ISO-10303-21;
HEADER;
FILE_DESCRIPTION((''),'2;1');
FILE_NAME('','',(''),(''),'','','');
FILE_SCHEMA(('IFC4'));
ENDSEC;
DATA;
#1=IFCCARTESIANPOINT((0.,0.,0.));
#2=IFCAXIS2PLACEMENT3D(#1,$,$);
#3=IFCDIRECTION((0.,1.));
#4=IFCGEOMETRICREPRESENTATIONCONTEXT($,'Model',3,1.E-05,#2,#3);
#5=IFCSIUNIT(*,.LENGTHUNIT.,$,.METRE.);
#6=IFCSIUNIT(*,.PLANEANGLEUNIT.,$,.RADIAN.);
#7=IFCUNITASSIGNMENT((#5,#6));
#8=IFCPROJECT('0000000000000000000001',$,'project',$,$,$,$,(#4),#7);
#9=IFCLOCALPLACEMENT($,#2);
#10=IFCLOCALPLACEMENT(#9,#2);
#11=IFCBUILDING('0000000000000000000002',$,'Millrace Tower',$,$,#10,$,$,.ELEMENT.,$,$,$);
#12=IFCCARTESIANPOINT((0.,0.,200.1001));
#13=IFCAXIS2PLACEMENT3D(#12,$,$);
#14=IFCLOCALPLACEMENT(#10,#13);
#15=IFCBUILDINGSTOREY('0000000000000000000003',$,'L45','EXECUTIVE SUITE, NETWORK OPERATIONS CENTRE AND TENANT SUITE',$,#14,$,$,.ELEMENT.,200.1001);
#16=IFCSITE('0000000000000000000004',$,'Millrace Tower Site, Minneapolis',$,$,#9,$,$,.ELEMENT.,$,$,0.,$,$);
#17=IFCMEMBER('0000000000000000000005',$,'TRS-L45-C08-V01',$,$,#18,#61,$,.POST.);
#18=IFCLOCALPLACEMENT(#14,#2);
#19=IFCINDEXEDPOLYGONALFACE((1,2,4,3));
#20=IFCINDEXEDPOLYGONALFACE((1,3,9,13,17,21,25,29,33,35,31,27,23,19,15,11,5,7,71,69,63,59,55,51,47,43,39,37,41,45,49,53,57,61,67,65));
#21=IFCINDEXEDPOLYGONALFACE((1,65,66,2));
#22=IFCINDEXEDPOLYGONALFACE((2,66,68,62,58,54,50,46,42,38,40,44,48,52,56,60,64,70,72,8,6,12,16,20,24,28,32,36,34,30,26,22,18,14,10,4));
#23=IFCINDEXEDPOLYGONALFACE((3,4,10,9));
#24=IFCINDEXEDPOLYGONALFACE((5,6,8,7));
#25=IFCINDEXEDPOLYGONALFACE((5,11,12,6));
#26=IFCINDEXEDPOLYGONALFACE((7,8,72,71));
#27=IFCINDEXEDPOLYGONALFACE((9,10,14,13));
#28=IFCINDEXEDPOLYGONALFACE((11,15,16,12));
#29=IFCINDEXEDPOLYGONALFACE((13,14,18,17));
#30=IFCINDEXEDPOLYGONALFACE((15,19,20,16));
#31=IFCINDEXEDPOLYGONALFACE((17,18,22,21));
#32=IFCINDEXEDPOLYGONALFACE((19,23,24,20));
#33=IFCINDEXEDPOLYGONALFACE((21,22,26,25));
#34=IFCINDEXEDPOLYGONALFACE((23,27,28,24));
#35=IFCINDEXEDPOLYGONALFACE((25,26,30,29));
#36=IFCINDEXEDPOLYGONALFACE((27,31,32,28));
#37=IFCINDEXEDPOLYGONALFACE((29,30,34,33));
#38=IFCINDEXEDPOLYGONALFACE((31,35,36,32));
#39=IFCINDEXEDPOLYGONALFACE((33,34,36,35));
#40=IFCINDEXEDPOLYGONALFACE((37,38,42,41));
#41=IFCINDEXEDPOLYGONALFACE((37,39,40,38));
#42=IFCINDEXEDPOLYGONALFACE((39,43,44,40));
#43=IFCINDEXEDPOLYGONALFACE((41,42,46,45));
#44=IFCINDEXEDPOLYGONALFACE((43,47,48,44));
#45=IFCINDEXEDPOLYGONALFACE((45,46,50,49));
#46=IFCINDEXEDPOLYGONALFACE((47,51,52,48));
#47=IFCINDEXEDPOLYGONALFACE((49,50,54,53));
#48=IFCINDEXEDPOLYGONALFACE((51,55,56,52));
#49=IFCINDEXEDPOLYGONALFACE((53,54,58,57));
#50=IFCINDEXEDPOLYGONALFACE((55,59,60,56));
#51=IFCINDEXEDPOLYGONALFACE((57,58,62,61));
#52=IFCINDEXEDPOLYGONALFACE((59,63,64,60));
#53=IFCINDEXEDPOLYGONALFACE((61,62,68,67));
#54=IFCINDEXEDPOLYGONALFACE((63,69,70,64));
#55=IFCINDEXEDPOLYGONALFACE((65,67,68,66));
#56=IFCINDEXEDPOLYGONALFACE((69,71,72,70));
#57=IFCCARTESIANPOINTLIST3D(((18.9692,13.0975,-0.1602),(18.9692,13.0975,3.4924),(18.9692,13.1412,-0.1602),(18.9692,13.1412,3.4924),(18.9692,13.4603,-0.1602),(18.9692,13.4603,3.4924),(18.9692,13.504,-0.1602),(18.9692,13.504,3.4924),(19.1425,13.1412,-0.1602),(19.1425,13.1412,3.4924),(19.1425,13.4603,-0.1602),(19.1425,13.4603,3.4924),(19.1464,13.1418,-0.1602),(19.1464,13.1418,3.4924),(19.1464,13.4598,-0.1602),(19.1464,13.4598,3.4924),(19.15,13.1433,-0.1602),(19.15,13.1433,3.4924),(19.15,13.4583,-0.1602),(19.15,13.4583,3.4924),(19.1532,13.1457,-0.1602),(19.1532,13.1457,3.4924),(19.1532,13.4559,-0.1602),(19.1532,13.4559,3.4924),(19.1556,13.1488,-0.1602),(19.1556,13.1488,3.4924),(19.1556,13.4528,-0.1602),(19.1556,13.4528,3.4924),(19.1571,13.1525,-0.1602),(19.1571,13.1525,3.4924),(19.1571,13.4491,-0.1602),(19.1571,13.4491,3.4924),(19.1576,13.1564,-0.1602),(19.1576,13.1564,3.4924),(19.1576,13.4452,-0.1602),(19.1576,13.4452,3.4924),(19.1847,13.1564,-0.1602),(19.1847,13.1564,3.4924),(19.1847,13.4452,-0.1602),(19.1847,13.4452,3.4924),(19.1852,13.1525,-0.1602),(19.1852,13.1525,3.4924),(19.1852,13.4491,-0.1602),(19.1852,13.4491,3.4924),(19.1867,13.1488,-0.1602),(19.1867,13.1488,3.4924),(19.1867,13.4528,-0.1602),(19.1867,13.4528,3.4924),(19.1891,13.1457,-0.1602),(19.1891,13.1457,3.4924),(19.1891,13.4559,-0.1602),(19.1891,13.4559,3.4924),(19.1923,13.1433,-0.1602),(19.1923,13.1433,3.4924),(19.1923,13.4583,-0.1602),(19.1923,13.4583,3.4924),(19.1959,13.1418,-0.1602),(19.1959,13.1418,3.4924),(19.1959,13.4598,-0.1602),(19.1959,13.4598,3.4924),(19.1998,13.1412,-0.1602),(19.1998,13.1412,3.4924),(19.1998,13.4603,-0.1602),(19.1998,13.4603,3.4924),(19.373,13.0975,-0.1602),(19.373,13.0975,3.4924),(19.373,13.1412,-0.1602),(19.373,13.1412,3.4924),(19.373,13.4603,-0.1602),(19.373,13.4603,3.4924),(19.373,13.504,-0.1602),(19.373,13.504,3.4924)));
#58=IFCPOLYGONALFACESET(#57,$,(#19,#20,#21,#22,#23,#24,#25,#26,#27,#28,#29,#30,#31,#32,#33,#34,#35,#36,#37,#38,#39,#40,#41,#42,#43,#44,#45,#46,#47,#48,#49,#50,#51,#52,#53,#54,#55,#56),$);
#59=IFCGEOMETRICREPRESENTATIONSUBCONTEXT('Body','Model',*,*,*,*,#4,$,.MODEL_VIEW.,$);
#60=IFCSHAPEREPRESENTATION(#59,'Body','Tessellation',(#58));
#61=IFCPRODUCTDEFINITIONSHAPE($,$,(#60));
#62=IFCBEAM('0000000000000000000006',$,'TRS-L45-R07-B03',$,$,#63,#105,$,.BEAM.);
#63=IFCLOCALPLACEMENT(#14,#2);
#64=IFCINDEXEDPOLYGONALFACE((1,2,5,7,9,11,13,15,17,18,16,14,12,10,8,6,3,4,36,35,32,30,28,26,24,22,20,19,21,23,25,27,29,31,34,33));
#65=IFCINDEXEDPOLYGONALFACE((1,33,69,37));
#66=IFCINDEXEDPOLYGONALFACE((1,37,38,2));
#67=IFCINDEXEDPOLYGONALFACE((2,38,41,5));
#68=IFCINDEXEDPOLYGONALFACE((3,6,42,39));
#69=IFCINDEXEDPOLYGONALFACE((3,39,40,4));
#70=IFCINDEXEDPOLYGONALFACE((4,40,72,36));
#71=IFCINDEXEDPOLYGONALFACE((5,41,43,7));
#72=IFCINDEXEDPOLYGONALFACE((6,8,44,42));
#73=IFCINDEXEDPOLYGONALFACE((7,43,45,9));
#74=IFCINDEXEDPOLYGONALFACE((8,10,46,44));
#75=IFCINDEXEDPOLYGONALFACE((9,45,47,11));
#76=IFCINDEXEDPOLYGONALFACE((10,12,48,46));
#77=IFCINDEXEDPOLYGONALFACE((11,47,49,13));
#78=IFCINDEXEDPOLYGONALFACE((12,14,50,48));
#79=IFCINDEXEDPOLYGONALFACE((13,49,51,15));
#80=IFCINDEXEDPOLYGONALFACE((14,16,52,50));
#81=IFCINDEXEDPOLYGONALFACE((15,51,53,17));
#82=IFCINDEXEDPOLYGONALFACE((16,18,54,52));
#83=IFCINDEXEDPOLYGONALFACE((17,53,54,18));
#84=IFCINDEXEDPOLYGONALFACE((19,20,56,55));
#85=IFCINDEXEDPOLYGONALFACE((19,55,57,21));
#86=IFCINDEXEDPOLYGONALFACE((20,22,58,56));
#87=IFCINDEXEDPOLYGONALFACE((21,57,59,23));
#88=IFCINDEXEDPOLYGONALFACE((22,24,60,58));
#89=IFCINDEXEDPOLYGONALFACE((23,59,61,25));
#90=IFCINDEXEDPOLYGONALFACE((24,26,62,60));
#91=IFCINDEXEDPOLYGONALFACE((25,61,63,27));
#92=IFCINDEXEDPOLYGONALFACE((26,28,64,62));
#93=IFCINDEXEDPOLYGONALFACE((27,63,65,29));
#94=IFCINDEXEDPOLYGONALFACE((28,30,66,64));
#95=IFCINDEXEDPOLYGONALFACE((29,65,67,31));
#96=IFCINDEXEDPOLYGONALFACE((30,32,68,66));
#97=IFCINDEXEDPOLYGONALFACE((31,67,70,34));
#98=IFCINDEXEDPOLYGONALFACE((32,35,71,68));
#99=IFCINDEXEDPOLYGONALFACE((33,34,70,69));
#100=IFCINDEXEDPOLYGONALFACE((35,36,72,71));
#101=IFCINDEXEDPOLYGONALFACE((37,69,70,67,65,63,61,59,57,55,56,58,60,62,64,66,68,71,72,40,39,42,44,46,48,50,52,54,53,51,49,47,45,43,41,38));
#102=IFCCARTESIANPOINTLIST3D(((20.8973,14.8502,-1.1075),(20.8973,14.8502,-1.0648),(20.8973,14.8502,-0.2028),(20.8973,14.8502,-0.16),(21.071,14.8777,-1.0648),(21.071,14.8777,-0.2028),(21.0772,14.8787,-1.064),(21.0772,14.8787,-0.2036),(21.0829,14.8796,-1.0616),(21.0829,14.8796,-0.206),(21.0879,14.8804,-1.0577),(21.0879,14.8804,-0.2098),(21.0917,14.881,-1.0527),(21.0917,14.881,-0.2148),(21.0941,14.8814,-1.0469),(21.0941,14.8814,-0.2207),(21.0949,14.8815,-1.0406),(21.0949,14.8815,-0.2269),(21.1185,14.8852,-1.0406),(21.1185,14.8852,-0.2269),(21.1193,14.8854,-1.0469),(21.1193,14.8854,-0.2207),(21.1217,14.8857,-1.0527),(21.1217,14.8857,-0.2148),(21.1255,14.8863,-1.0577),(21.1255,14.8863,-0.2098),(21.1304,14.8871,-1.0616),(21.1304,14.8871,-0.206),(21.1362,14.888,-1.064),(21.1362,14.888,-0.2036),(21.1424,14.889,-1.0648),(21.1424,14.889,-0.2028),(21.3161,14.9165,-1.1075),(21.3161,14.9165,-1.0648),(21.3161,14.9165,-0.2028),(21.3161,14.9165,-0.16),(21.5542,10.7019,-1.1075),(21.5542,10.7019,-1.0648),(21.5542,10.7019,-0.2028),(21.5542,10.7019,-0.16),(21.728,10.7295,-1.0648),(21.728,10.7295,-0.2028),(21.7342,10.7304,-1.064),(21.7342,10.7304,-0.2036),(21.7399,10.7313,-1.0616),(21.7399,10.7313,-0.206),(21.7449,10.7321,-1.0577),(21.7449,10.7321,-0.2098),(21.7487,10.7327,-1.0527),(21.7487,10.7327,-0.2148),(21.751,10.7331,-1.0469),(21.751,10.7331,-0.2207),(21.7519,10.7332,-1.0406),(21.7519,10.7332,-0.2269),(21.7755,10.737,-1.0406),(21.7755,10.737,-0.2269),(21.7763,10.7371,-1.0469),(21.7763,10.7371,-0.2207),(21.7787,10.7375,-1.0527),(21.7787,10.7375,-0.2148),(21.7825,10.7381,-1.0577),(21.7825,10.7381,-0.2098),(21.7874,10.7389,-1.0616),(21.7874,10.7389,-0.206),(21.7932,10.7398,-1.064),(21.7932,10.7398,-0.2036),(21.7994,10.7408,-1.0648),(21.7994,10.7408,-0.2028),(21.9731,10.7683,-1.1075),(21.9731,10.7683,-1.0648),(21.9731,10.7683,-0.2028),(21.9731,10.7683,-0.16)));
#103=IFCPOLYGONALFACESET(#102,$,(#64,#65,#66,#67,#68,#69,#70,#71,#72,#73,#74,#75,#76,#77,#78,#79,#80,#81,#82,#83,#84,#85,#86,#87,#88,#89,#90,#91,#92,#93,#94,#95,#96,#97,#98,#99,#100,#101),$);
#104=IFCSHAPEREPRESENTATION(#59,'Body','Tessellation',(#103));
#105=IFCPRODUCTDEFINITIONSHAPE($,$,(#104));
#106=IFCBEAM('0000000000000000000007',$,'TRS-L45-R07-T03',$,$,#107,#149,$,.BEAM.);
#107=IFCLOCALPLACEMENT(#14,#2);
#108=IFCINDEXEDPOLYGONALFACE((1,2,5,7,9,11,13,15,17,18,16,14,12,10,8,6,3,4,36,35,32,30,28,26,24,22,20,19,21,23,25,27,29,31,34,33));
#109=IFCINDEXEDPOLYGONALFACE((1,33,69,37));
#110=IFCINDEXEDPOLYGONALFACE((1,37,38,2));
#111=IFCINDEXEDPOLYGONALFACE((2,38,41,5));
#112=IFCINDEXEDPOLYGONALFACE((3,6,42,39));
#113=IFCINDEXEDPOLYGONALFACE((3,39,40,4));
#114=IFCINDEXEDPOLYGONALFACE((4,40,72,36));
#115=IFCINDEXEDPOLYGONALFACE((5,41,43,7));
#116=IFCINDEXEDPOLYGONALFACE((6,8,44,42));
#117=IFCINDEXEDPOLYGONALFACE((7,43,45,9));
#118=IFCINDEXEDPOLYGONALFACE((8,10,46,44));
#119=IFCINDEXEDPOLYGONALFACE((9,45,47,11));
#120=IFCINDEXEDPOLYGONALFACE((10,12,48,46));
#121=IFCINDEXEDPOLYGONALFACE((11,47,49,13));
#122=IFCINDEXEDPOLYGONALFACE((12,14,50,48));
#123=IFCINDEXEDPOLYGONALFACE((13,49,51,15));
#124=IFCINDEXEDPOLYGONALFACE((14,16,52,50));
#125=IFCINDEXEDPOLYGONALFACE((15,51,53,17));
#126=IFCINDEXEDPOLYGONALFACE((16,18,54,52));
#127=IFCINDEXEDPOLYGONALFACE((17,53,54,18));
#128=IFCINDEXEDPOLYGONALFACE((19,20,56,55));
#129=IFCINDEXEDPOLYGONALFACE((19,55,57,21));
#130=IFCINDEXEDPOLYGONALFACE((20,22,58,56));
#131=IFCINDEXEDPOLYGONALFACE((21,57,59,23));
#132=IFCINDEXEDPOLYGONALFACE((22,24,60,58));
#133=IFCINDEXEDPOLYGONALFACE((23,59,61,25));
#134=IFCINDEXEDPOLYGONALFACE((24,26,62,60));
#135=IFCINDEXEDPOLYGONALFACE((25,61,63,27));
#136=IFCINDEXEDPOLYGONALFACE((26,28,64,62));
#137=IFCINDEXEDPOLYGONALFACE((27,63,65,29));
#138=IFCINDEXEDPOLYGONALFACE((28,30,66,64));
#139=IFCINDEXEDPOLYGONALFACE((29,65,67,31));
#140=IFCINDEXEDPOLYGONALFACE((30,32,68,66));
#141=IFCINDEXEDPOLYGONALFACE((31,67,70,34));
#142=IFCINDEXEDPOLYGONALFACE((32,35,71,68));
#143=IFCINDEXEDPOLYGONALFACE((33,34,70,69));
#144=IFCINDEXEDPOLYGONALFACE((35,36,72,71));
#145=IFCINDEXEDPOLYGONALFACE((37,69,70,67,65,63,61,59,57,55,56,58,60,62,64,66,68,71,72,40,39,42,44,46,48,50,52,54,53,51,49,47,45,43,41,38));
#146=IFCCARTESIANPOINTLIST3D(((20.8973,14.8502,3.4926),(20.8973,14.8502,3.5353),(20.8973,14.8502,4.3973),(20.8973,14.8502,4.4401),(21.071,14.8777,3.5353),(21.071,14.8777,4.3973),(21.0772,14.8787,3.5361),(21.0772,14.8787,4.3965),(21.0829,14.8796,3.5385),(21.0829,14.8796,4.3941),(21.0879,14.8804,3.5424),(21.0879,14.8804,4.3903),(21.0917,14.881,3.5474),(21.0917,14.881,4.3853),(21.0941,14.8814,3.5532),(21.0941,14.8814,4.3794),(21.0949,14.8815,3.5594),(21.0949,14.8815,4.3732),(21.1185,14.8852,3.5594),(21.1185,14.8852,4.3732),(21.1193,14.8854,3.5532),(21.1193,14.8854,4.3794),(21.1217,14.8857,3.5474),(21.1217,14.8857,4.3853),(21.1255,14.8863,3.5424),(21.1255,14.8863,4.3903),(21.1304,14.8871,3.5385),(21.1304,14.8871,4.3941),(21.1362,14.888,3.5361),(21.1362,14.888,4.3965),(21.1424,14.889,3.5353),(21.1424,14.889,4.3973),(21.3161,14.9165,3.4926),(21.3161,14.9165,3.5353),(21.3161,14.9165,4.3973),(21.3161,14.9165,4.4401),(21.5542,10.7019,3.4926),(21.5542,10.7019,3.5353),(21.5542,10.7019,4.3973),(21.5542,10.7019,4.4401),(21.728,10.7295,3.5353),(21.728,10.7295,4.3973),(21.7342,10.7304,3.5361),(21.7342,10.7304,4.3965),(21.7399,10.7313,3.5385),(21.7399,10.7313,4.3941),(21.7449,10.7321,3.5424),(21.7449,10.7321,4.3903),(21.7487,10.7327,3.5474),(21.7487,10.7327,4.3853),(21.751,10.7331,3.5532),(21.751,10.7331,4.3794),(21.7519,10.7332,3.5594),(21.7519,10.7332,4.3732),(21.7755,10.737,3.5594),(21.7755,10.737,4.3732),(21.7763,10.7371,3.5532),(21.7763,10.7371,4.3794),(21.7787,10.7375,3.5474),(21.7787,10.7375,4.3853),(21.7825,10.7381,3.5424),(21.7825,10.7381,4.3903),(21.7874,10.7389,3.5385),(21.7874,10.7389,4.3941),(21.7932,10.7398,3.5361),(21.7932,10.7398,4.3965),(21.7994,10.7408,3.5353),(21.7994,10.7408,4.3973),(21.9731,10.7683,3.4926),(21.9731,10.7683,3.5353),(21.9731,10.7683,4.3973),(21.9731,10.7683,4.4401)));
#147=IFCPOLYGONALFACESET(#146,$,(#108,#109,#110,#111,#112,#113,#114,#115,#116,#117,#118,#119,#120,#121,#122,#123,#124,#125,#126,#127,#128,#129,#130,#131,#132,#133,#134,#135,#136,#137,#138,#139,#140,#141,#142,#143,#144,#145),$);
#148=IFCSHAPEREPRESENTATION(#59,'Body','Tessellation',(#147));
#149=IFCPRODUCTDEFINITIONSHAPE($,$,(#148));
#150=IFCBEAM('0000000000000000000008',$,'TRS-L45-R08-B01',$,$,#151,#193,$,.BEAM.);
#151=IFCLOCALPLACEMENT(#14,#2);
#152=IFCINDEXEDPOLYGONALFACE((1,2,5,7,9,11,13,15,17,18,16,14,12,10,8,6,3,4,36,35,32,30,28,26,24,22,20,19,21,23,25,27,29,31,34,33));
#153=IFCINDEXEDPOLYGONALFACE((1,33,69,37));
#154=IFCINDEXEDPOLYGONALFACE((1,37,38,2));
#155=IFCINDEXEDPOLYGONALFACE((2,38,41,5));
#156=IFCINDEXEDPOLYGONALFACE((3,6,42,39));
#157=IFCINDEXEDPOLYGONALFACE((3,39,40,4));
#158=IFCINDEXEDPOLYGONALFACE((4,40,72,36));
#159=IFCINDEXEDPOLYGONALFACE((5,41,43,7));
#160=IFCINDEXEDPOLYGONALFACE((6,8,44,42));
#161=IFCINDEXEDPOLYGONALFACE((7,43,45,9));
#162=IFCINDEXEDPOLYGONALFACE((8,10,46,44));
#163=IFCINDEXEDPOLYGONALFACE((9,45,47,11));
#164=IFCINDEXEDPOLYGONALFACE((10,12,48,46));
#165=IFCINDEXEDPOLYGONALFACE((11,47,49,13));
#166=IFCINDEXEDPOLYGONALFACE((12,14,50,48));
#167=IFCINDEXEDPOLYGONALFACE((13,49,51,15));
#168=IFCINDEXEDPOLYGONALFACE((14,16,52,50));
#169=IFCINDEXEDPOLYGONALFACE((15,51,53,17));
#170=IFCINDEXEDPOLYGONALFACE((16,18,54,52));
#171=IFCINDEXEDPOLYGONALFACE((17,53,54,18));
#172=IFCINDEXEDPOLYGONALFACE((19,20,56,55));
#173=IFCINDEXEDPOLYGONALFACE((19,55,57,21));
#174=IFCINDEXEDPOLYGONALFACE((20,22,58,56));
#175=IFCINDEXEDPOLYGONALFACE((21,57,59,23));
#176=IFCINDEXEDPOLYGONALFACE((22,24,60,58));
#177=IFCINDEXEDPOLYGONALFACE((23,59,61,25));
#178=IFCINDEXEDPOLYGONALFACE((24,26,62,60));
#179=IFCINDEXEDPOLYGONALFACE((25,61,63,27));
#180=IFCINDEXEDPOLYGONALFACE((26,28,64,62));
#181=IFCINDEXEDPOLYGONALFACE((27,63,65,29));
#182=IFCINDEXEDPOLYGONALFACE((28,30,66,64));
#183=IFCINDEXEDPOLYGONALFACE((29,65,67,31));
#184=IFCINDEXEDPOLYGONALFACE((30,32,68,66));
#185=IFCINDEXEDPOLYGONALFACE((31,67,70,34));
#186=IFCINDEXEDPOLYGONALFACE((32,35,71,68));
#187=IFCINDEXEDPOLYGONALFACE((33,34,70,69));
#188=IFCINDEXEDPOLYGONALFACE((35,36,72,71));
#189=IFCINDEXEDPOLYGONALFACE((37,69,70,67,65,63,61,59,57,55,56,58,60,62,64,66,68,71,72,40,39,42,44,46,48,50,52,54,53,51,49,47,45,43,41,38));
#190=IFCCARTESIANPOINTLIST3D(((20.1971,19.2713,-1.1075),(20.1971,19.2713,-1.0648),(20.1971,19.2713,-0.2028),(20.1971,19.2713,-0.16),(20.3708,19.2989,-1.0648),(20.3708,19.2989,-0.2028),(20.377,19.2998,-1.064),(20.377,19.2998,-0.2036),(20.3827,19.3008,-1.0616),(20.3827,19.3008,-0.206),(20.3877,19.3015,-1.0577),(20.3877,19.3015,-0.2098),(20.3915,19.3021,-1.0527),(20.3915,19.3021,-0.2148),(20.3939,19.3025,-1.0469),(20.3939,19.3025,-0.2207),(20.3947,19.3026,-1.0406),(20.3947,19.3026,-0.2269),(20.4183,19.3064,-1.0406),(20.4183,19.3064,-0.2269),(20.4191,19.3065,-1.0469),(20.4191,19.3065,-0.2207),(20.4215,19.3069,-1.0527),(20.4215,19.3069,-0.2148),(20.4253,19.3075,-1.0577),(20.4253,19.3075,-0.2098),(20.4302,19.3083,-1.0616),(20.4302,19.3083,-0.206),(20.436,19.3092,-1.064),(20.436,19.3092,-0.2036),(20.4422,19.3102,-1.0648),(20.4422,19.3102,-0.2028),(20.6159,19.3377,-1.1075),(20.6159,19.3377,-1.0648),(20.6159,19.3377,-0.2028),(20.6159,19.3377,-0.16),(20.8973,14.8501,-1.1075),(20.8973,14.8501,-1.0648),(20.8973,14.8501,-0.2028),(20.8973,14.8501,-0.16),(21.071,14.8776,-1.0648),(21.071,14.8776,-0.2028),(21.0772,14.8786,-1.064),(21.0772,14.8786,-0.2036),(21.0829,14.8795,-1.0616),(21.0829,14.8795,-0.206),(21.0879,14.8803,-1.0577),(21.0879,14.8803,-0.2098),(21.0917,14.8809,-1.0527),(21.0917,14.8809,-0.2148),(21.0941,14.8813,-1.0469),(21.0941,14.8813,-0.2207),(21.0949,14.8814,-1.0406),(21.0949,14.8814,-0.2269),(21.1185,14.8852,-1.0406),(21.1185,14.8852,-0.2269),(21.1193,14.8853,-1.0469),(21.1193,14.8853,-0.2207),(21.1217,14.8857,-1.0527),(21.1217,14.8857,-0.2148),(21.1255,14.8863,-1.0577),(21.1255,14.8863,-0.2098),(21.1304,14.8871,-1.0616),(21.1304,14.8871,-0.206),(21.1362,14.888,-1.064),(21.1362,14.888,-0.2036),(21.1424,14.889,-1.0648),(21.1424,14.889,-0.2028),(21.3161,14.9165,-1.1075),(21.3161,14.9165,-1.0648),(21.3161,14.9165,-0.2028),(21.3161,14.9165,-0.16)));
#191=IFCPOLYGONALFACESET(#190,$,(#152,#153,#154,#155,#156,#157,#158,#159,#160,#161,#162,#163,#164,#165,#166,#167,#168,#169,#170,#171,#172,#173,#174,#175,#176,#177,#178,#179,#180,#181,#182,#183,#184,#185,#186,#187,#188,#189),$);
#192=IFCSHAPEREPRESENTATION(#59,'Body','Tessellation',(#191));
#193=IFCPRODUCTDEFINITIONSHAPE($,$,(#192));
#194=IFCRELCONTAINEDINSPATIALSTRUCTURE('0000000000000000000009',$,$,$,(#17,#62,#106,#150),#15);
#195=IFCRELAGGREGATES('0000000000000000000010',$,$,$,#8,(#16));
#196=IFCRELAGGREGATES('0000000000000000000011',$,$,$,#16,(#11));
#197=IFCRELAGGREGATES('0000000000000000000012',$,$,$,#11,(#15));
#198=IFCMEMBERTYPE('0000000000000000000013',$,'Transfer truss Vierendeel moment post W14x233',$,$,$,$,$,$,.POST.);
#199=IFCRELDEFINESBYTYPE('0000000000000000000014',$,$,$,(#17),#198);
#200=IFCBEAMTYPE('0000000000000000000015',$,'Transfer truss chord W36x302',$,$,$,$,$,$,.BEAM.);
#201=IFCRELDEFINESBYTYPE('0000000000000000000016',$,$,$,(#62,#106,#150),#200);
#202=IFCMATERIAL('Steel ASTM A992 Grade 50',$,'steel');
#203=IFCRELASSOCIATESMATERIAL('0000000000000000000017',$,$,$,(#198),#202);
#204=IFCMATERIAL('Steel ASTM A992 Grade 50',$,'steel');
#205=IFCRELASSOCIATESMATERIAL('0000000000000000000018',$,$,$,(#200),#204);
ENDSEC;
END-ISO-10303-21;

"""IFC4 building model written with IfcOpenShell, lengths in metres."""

from ifc_helpers import new_model, si_unit, direction, frame, origin, origin_2d, place, context, subcontext, project, spatial, i_section, extrude, material, material_profile, profile_set, type_object, element, save


model = new_model("IFC4")

# Units and contexts
model_context = context("Model", 3, precision=1e-05, world=origin(), true_north=direction((0.0, 1.0)))
body_context = subcontext(model_context, "Body", "Model", "MODEL_VIEW")
ifc_project = project(units=[si_unit("LENGTHUNIT", "METRE"), si_unit("PLANEANGLEUNIT", "RADIAN")], contexts=[model_context])

# Site, building, storey
site_placement = place(None, origin())
site = spatial("IfcSite", under=ifc_project, at=site_placement, Name="Millrace Tower Site, Minneapolis", CompositionType="ELEMENT", RefElevation=0.0)
building_placement = place(site_placement, origin())
building = spatial("IfcBuilding", under=site, at=building_placement, Name="Millrace Tower", CompositionType="ELEMENT")
storey_placement = place(building_placement, frame((0.0, 0.0, 200.1001)))
storey = spatial("IfcBuildingStorey", under=building, at=storey_placement, Name="L45", Description="EXECUTIVE SUITE, NETWORK OPERATIONS CENTRE AND TENANT SUITE", CompositionType="ELEMENT", Elevation=200.1001)

# Member
ifc_material_1 = material(Name="Steel ASTM A992 Grade 50", Category="steel")
ifc_material_profile_1 = material_profile(ifc_material_1, i_section(OverallWidth=0.4038, OverallDepth=0.4065, WebThickness=0.0271, FlangeThickness=0.0437, FilletRadius=0.0151, at=origin_2d()))
ifc_profile_set_1 = profile_set([ifc_material_profile_1], Name="Steel ASTM A992 Grade 50")
member_type_1 = type_object("IfcMemberType", Name="Transfer truss Vierendeel moment post W14x233", PredefinedType="POST", material=ifc_profile_set_1)
member_1_placement = place(storey_placement, frame((19.1711, 13.3008, -0.1602), z_axis=(0.0, 0.0, 1.0), x_axis=(1.0, 0.0, 0.0)))
element("IfcMember", 1, at=member_1_placement, inside=storey, type_object=member_type_1, Name="TRS-L45-C08-V01", PredefinedType="POST", context=body_context, shape_type="SweptSolid", body=[
    extrude(i_section(OverallWidth=0.4038, OverallDepth=0.4065, WebThickness=0.0271, FlangeThickness=0.0437, FilletRadius=0.0151, at=origin_2d()), origin(), (0.0, 0.0, 1.0), 3.6526),
])

# Beams
ifc_material_2 = material(Name="Steel ASTM A992 Grade 50", Category="steel")
ifc_material_profile_2 = material_profile(ifc_material_2, i_section(OverallWidth=0.4241, OverallDepth=0.9475, WebThickness=0.0239, FlangeThickness=0.0427, FilletRadius=0.0242, at=origin_2d()))
ifc_profile_set_2 = profile_set([ifc_material_profile_2], Name="Steel ASTM A992 Grade 50")
beam_type_1 = type_object("IfcBeamType", Name="Transfer truss chord W36x302", PredefinedType="BEAM", material=ifc_profile_set_2)
for number, where, z_axis, x_axis, name in (
    (2, (21.7637, 10.7351, -0.6338), (-0.156428, 0.987689, 0.0), (-0.987689, -0.156428, 0.0), "TRS-L45-R07-B03"),
    (3, (21.7637, 10.7351, 3.9663), (-0.156428, 0.987689, 0.0), (-0.987689, -0.156428, 0.0), "TRS-L45-R07-T03"),
):
    element("IfcBeam", number, at=place(storey_placement, frame(where, z_axis=z_axis, x_axis=x_axis)), inside=storey, type_object=beam_type_1, Name=name, PredefinedType="BEAM", context=body_context, shape_type="SweptSolid", body=[
        extrude(i_section(OverallWidth=0.4241, OverallDepth=0.9475, WebThickness=0.0239, FlangeThickness=0.0427, FilletRadius=0.0242, at=origin_2d()), origin(), (0.0, 0.0, 1.0), 4.2),
    ])
for number, where, z_axis, x_axis, name in (
    (4, (21.1067, 14.8833, -0.6338), (-0.156425, 0.98769, 0.0), (-0.98769, -0.156425, 0.0), "TRS-L45-R08-B01"),
):
    element("IfcBeam", number, at=place(storey_placement, frame(where, z_axis=z_axis, x_axis=x_axis)), inside=storey, type_object=beam_type_1, Name=name, PredefinedType="BEAM", context=body_context, shape_type="SweptSolid", body=[
        extrude(i_section(OverallWidth=0.4241, OverallDepth=0.9475, WebThickness=0.0239, FlangeThickness=0.0427, FilletRadius=0.0242, at=origin_2d()), origin(), (0.0, 0.0, 1.0), 4.4763),
    ])

save(model, "model.ifc")
